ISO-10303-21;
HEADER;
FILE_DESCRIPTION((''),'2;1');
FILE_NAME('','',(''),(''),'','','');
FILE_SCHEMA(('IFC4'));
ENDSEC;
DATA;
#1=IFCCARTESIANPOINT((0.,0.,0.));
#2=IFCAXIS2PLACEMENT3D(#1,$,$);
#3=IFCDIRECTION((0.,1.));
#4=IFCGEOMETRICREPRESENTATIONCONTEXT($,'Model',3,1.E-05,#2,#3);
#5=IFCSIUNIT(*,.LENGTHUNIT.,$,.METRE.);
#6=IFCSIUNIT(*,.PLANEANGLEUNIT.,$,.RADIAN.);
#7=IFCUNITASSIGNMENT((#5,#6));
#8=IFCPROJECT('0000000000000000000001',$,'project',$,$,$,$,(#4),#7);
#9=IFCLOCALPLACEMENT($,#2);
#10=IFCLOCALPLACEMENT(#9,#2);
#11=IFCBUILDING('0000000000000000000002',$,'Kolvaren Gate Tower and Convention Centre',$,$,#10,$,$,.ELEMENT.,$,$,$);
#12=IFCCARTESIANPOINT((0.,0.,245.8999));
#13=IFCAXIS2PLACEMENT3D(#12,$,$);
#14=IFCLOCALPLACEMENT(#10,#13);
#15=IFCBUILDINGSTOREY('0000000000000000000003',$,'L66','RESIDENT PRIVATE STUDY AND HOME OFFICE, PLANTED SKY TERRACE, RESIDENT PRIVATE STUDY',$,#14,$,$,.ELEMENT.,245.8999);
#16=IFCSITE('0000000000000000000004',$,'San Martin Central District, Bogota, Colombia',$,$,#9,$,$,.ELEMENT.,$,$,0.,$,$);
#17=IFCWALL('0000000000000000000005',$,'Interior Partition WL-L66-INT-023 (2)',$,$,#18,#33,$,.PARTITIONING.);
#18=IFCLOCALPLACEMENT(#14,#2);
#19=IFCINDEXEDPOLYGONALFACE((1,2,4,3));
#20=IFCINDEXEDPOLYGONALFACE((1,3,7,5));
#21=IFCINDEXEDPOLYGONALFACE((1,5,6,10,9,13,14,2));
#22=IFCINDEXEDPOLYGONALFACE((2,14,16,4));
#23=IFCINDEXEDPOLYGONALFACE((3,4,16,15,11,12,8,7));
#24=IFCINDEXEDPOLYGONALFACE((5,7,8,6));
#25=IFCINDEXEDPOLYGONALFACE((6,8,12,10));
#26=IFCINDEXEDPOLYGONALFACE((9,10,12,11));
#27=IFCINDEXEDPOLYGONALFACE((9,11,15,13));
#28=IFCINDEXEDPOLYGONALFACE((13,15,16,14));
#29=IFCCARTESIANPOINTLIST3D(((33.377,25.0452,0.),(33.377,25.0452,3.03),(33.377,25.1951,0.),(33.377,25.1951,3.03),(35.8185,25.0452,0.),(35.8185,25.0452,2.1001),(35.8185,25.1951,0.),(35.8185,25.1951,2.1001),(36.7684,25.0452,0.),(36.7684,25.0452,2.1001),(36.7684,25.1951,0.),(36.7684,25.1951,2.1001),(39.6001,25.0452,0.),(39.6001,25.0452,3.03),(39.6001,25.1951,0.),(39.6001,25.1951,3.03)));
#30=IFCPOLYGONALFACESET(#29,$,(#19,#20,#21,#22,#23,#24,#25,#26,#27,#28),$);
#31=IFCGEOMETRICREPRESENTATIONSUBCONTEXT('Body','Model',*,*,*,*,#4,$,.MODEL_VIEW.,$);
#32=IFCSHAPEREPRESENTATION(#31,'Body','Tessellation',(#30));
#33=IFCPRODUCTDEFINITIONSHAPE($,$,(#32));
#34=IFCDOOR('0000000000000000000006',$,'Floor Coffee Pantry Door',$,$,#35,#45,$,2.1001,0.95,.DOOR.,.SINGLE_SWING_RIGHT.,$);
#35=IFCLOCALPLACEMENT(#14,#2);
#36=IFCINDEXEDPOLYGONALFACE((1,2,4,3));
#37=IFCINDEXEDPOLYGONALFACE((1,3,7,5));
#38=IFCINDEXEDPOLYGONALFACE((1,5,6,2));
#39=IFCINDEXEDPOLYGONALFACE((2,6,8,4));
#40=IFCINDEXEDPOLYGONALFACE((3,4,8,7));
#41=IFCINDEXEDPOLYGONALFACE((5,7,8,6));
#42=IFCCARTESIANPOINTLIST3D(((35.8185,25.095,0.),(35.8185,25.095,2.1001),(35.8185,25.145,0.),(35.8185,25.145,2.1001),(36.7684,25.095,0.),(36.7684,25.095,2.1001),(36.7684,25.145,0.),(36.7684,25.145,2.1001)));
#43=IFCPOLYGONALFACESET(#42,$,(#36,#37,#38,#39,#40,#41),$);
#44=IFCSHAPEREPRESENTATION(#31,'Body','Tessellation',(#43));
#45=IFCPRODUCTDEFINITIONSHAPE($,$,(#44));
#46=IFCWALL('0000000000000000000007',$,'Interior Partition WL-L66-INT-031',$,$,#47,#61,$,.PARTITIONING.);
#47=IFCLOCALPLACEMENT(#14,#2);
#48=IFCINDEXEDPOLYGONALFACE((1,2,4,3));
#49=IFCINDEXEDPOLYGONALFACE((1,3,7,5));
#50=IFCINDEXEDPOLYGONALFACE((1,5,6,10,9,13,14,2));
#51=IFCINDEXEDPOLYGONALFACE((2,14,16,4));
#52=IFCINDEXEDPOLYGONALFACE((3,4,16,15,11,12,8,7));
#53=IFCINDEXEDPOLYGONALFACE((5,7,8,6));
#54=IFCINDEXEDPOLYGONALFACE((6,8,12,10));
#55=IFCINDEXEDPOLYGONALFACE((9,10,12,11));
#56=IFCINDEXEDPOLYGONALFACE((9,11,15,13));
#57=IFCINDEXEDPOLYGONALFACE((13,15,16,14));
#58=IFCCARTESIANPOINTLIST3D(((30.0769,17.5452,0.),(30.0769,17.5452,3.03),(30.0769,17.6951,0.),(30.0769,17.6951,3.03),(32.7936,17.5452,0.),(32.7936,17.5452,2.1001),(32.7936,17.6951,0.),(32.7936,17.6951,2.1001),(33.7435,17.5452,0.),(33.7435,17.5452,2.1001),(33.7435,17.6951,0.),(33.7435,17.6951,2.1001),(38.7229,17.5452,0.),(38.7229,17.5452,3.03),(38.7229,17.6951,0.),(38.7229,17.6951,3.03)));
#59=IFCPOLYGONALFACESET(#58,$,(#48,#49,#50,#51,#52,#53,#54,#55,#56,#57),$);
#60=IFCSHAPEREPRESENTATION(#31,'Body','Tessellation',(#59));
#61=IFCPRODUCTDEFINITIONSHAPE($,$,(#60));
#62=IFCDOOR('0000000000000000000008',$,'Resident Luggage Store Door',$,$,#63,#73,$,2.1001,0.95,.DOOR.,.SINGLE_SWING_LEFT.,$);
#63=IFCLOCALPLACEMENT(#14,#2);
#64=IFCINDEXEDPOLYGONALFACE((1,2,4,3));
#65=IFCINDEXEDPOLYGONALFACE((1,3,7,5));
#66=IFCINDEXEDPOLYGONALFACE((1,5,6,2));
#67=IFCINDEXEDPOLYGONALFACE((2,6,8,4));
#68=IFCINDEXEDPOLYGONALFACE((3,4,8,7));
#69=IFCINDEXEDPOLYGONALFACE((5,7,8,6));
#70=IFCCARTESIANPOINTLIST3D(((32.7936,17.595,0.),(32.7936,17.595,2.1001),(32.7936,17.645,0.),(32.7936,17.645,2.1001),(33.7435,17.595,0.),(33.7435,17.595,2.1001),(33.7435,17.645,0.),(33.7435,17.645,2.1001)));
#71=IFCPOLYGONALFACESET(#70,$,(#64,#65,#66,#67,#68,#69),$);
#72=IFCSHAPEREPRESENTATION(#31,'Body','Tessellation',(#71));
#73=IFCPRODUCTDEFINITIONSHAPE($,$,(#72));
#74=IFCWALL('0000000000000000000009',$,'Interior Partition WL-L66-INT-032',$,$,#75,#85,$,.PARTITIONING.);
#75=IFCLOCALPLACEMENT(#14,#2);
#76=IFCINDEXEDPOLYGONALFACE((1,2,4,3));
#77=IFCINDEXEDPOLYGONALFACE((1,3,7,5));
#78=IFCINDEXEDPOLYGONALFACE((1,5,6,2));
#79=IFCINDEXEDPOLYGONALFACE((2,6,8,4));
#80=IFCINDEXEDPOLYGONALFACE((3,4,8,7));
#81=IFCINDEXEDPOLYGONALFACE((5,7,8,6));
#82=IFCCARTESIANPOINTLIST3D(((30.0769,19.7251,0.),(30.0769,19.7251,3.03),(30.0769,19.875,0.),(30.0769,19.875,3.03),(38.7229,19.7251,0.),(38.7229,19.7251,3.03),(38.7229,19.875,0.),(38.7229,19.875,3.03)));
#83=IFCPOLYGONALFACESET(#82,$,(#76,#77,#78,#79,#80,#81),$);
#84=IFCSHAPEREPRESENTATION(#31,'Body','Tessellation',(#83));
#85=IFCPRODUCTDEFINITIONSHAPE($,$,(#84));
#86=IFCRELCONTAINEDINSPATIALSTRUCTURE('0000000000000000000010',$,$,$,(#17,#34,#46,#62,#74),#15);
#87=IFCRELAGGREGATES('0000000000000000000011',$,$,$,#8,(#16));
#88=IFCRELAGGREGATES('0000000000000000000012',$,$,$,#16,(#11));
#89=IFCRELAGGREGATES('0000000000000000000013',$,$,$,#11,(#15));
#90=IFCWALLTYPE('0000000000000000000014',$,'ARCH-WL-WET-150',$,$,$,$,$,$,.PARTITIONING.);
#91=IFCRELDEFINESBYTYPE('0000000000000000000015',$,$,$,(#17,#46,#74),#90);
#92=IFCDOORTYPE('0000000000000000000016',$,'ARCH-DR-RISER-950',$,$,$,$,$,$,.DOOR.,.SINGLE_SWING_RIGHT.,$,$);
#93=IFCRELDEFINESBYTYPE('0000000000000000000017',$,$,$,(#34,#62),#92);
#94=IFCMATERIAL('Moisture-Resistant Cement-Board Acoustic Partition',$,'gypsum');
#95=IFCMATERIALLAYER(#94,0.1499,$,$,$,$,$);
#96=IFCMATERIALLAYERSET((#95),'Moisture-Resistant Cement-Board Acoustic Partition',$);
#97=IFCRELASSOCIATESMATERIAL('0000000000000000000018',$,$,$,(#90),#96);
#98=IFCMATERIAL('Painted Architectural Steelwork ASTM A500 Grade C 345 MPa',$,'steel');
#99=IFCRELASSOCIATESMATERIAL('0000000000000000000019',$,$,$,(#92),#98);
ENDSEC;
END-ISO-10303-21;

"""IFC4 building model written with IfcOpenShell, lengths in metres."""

from ifc_helpers import new_model, si_unit, direction, frame, frame_2d, origin, place, context, subcontext, project, spatial, rectangle, extrude, material, layer, layer_set, type_object, element, fill, save


model = new_model("IFC4")

# Units and contexts
model_context = context("Model", 3, precision=1e-05, world=origin(), true_north=direction((0.0, 1.0)))
body_context = subcontext(model_context, "Body", "Model", "MODEL_VIEW")
ifc_project = project(units=[si_unit("LENGTHUNIT", "METRE"), si_unit("PLANEANGLEUNIT", "RADIAN")], contexts=[model_context])

# Site, building, storey
site_placement = place(None, origin())
site = spatial("IfcSite", under=ifc_project, at=site_placement, Name="San Martin Central District, Bogota, Colombia", CompositionType="ELEMENT", RefElevation=0.0)
building_placement = place(site_placement, origin())
building = spatial("IfcBuilding", under=site, at=building_placement, Name="Kolvaren Gate Tower and Convention Centre", CompositionType="ELEMENT")
storey_placement = place(building_placement, frame((0.0, 0.0, 245.8999)))
storey = spatial("IfcBuildingStorey", under=building, at=storey_placement, Name="L66", Description="RESIDENT PRIVATE STUDY AND HOME OFFICE, PLANTED SKY TERRACE, RESIDENT PRIVATE STUDY", CompositionType="ELEMENT", Elevation=245.8999)

# Shared definitions
ifc_material_1 = material(Name="Moisture-Resistant Cement-Board Acoustic Partition", Category="gypsum")
ifc_layer_1 = layer(ifc_material_1, 0.1499)
ifc_layer_set_1 = layer_set([ifc_layer_1], Name="Moisture-Resistant Cement-Board Acoustic Partition")
wall_type_1 = type_object("IfcWallType", Name="ARCH-WL-WET-150", PredefinedType="PARTITIONING", material=ifc_layer_set_1)

# Walls, openings, doors
ifc_material_2 = material(Name="Painted Architectural Steelwork ASTM A500 Grade C 345 MPa", Category="steel")
door_type_1 = type_object("IfcDoorType", Name="ARCH-DR-RISER-950", OperationType="SINGLE_SWING_RIGHT", PredefinedType="DOOR", material=ifc_material_2)
wall_1_placement = place(storey_placement, frame((33.377, 25.1201, 0.0), z_axis=(0.0, 0.0, 1.0), x_axis=(1.0, 0.0, 0.0)))
wall_1 = element("IfcWall", 1, at=wall_1_placement, inside=storey, type_object=wall_type_1, Name="Interior Partition WL-L66-INT-023 (2)", PredefinedType="PARTITIONING", context=body_context, shape_type="SweptSolid", body=[
    extrude(rectangle(XDim=6.2231, YDim=0.1499, at=frame_2d((3.1116, 0.0))), origin(), (0.0, 0.0, 1.0), 3.03),
])
opening_1_placement = place(wall_1_placement, frame((2.4414, 0.0, 0.0)))
opening_1 = element("IfcOpeningElement", 2, at=opening_1_placement, cuts=wall_1, PredefinedType="OPENING", context=body_context, shape_type="SweptSolid", body=[
    extrude(rectangle(XDim=0.95, YDim=2.1001, at=frame_2d((0.4751, 1.05))), frame((0.0, 0.085, 0.0), z_axis=(0.0, -1.0, 0.0), x_axis=(1.0, 0.0, 0.0)), (0.0, 0.0, 1.0), 0.1699),
])
door_1_placement = place(opening_1_placement, origin())
door_1 = element("IfcDoor", 3, at=door_1_placement, inside=storey, type_object=door_type_1, Name="Floor Coffee Pantry Door", OperationType="SINGLE_SWING_RIGHT", OverallHeight=2.1001, OverallWidth=0.95, PredefinedType="DOOR", context=body_context, shape_type="SweptSolid", body=[
    extrude(rectangle(XDim=0.95, YDim=2.1001, at=frame_2d((0.4751, 1.05))), frame((0.0, 0.0249, 0.0), z_axis=(0.0, -1.0, 0.0), x_axis=(1.0, 0.0, 0.0)), (0.0, 0.0, 1.0), 0.05),
])
fill(opening_1, door_1)
wall_2_placement = place(storey_placement, frame((30.0769, 17.6201, 0.0), z_axis=(0.0, 0.0, 1.0), x_axis=(1.0, 0.0, 0.0)))
wall_2 = element("IfcWall", 4, at=wall_2_placement, inside=storey, type_object=wall_type_1, Name="Interior Partition WL-L66-INT-031", PredefinedType="PARTITIONING", context=body_context, shape_type="SweptSolid", body=[
    extrude(rectangle(XDim=8.646, YDim=0.1499, at=frame_2d((4.323, 0.0))), origin(), (0.0, 0.0, 1.0), 3.03),
])
opening_2_placement = place(wall_2_placement, frame((2.7166, 0.0, 0.0)))
opening_2 = element("IfcOpeningElement", 5, at=opening_2_placement, cuts=wall_2, PredefinedType="OPENING", context=body_context, shape_type="SweptSolid", body=[
    extrude(rectangle(XDim=0.95, YDim=2.1001, at=frame_2d((0.4751, 1.05))), frame((0.0, 0.085, 0.0), z_axis=(0.0, -1.0, 0.0), x_axis=(1.0, 0.0, 0.0)), (0.0, 0.0, 1.0), 0.1699),
])
door_2_placement = place(opening_2_placement, origin())
door_2 = element("IfcDoor", 6, at=door_2_placement, inside=storey, type_object=door_type_1, Name="Resident Luggage Store Door", OperationType="SINGLE_SWING_LEFT", OverallHeight=2.1001, OverallWidth=0.95, PredefinedType="DOOR", context=body_context, shape_type="SweptSolid", body=[
    extrude(rectangle(XDim=0.95, YDim=2.1001, at=frame_2d((0.4751, 1.05))), frame((0.0, 0.0249, 0.0), z_axis=(0.0, -1.0, 0.0), x_axis=(1.0, 0.0, 0.0)), (0.0, 0.0, 1.0), 0.05),
])
fill(opening_2, door_2)

# Wall
wall_3_placement = place(storey_placement, frame((30.0769, 19.8, 0.0), z_axis=(0.0, 0.0, 1.0), x_axis=(1.0, 0.0, 0.0)))
element("IfcWall", 7, at=wall_3_placement, inside=storey, type_object=wall_type_1, Name="Interior Partition WL-L66-INT-032", PredefinedType="PARTITIONING", context=body_context, shape_type="SweptSolid", body=[
    extrude(rectangle(XDim=8.646, YDim=0.1499, at=frame_2d((4.323, 0.0))), origin(), (0.0, 0.0, 1.0), 3.03),
])

save(model, "model.ifc")
